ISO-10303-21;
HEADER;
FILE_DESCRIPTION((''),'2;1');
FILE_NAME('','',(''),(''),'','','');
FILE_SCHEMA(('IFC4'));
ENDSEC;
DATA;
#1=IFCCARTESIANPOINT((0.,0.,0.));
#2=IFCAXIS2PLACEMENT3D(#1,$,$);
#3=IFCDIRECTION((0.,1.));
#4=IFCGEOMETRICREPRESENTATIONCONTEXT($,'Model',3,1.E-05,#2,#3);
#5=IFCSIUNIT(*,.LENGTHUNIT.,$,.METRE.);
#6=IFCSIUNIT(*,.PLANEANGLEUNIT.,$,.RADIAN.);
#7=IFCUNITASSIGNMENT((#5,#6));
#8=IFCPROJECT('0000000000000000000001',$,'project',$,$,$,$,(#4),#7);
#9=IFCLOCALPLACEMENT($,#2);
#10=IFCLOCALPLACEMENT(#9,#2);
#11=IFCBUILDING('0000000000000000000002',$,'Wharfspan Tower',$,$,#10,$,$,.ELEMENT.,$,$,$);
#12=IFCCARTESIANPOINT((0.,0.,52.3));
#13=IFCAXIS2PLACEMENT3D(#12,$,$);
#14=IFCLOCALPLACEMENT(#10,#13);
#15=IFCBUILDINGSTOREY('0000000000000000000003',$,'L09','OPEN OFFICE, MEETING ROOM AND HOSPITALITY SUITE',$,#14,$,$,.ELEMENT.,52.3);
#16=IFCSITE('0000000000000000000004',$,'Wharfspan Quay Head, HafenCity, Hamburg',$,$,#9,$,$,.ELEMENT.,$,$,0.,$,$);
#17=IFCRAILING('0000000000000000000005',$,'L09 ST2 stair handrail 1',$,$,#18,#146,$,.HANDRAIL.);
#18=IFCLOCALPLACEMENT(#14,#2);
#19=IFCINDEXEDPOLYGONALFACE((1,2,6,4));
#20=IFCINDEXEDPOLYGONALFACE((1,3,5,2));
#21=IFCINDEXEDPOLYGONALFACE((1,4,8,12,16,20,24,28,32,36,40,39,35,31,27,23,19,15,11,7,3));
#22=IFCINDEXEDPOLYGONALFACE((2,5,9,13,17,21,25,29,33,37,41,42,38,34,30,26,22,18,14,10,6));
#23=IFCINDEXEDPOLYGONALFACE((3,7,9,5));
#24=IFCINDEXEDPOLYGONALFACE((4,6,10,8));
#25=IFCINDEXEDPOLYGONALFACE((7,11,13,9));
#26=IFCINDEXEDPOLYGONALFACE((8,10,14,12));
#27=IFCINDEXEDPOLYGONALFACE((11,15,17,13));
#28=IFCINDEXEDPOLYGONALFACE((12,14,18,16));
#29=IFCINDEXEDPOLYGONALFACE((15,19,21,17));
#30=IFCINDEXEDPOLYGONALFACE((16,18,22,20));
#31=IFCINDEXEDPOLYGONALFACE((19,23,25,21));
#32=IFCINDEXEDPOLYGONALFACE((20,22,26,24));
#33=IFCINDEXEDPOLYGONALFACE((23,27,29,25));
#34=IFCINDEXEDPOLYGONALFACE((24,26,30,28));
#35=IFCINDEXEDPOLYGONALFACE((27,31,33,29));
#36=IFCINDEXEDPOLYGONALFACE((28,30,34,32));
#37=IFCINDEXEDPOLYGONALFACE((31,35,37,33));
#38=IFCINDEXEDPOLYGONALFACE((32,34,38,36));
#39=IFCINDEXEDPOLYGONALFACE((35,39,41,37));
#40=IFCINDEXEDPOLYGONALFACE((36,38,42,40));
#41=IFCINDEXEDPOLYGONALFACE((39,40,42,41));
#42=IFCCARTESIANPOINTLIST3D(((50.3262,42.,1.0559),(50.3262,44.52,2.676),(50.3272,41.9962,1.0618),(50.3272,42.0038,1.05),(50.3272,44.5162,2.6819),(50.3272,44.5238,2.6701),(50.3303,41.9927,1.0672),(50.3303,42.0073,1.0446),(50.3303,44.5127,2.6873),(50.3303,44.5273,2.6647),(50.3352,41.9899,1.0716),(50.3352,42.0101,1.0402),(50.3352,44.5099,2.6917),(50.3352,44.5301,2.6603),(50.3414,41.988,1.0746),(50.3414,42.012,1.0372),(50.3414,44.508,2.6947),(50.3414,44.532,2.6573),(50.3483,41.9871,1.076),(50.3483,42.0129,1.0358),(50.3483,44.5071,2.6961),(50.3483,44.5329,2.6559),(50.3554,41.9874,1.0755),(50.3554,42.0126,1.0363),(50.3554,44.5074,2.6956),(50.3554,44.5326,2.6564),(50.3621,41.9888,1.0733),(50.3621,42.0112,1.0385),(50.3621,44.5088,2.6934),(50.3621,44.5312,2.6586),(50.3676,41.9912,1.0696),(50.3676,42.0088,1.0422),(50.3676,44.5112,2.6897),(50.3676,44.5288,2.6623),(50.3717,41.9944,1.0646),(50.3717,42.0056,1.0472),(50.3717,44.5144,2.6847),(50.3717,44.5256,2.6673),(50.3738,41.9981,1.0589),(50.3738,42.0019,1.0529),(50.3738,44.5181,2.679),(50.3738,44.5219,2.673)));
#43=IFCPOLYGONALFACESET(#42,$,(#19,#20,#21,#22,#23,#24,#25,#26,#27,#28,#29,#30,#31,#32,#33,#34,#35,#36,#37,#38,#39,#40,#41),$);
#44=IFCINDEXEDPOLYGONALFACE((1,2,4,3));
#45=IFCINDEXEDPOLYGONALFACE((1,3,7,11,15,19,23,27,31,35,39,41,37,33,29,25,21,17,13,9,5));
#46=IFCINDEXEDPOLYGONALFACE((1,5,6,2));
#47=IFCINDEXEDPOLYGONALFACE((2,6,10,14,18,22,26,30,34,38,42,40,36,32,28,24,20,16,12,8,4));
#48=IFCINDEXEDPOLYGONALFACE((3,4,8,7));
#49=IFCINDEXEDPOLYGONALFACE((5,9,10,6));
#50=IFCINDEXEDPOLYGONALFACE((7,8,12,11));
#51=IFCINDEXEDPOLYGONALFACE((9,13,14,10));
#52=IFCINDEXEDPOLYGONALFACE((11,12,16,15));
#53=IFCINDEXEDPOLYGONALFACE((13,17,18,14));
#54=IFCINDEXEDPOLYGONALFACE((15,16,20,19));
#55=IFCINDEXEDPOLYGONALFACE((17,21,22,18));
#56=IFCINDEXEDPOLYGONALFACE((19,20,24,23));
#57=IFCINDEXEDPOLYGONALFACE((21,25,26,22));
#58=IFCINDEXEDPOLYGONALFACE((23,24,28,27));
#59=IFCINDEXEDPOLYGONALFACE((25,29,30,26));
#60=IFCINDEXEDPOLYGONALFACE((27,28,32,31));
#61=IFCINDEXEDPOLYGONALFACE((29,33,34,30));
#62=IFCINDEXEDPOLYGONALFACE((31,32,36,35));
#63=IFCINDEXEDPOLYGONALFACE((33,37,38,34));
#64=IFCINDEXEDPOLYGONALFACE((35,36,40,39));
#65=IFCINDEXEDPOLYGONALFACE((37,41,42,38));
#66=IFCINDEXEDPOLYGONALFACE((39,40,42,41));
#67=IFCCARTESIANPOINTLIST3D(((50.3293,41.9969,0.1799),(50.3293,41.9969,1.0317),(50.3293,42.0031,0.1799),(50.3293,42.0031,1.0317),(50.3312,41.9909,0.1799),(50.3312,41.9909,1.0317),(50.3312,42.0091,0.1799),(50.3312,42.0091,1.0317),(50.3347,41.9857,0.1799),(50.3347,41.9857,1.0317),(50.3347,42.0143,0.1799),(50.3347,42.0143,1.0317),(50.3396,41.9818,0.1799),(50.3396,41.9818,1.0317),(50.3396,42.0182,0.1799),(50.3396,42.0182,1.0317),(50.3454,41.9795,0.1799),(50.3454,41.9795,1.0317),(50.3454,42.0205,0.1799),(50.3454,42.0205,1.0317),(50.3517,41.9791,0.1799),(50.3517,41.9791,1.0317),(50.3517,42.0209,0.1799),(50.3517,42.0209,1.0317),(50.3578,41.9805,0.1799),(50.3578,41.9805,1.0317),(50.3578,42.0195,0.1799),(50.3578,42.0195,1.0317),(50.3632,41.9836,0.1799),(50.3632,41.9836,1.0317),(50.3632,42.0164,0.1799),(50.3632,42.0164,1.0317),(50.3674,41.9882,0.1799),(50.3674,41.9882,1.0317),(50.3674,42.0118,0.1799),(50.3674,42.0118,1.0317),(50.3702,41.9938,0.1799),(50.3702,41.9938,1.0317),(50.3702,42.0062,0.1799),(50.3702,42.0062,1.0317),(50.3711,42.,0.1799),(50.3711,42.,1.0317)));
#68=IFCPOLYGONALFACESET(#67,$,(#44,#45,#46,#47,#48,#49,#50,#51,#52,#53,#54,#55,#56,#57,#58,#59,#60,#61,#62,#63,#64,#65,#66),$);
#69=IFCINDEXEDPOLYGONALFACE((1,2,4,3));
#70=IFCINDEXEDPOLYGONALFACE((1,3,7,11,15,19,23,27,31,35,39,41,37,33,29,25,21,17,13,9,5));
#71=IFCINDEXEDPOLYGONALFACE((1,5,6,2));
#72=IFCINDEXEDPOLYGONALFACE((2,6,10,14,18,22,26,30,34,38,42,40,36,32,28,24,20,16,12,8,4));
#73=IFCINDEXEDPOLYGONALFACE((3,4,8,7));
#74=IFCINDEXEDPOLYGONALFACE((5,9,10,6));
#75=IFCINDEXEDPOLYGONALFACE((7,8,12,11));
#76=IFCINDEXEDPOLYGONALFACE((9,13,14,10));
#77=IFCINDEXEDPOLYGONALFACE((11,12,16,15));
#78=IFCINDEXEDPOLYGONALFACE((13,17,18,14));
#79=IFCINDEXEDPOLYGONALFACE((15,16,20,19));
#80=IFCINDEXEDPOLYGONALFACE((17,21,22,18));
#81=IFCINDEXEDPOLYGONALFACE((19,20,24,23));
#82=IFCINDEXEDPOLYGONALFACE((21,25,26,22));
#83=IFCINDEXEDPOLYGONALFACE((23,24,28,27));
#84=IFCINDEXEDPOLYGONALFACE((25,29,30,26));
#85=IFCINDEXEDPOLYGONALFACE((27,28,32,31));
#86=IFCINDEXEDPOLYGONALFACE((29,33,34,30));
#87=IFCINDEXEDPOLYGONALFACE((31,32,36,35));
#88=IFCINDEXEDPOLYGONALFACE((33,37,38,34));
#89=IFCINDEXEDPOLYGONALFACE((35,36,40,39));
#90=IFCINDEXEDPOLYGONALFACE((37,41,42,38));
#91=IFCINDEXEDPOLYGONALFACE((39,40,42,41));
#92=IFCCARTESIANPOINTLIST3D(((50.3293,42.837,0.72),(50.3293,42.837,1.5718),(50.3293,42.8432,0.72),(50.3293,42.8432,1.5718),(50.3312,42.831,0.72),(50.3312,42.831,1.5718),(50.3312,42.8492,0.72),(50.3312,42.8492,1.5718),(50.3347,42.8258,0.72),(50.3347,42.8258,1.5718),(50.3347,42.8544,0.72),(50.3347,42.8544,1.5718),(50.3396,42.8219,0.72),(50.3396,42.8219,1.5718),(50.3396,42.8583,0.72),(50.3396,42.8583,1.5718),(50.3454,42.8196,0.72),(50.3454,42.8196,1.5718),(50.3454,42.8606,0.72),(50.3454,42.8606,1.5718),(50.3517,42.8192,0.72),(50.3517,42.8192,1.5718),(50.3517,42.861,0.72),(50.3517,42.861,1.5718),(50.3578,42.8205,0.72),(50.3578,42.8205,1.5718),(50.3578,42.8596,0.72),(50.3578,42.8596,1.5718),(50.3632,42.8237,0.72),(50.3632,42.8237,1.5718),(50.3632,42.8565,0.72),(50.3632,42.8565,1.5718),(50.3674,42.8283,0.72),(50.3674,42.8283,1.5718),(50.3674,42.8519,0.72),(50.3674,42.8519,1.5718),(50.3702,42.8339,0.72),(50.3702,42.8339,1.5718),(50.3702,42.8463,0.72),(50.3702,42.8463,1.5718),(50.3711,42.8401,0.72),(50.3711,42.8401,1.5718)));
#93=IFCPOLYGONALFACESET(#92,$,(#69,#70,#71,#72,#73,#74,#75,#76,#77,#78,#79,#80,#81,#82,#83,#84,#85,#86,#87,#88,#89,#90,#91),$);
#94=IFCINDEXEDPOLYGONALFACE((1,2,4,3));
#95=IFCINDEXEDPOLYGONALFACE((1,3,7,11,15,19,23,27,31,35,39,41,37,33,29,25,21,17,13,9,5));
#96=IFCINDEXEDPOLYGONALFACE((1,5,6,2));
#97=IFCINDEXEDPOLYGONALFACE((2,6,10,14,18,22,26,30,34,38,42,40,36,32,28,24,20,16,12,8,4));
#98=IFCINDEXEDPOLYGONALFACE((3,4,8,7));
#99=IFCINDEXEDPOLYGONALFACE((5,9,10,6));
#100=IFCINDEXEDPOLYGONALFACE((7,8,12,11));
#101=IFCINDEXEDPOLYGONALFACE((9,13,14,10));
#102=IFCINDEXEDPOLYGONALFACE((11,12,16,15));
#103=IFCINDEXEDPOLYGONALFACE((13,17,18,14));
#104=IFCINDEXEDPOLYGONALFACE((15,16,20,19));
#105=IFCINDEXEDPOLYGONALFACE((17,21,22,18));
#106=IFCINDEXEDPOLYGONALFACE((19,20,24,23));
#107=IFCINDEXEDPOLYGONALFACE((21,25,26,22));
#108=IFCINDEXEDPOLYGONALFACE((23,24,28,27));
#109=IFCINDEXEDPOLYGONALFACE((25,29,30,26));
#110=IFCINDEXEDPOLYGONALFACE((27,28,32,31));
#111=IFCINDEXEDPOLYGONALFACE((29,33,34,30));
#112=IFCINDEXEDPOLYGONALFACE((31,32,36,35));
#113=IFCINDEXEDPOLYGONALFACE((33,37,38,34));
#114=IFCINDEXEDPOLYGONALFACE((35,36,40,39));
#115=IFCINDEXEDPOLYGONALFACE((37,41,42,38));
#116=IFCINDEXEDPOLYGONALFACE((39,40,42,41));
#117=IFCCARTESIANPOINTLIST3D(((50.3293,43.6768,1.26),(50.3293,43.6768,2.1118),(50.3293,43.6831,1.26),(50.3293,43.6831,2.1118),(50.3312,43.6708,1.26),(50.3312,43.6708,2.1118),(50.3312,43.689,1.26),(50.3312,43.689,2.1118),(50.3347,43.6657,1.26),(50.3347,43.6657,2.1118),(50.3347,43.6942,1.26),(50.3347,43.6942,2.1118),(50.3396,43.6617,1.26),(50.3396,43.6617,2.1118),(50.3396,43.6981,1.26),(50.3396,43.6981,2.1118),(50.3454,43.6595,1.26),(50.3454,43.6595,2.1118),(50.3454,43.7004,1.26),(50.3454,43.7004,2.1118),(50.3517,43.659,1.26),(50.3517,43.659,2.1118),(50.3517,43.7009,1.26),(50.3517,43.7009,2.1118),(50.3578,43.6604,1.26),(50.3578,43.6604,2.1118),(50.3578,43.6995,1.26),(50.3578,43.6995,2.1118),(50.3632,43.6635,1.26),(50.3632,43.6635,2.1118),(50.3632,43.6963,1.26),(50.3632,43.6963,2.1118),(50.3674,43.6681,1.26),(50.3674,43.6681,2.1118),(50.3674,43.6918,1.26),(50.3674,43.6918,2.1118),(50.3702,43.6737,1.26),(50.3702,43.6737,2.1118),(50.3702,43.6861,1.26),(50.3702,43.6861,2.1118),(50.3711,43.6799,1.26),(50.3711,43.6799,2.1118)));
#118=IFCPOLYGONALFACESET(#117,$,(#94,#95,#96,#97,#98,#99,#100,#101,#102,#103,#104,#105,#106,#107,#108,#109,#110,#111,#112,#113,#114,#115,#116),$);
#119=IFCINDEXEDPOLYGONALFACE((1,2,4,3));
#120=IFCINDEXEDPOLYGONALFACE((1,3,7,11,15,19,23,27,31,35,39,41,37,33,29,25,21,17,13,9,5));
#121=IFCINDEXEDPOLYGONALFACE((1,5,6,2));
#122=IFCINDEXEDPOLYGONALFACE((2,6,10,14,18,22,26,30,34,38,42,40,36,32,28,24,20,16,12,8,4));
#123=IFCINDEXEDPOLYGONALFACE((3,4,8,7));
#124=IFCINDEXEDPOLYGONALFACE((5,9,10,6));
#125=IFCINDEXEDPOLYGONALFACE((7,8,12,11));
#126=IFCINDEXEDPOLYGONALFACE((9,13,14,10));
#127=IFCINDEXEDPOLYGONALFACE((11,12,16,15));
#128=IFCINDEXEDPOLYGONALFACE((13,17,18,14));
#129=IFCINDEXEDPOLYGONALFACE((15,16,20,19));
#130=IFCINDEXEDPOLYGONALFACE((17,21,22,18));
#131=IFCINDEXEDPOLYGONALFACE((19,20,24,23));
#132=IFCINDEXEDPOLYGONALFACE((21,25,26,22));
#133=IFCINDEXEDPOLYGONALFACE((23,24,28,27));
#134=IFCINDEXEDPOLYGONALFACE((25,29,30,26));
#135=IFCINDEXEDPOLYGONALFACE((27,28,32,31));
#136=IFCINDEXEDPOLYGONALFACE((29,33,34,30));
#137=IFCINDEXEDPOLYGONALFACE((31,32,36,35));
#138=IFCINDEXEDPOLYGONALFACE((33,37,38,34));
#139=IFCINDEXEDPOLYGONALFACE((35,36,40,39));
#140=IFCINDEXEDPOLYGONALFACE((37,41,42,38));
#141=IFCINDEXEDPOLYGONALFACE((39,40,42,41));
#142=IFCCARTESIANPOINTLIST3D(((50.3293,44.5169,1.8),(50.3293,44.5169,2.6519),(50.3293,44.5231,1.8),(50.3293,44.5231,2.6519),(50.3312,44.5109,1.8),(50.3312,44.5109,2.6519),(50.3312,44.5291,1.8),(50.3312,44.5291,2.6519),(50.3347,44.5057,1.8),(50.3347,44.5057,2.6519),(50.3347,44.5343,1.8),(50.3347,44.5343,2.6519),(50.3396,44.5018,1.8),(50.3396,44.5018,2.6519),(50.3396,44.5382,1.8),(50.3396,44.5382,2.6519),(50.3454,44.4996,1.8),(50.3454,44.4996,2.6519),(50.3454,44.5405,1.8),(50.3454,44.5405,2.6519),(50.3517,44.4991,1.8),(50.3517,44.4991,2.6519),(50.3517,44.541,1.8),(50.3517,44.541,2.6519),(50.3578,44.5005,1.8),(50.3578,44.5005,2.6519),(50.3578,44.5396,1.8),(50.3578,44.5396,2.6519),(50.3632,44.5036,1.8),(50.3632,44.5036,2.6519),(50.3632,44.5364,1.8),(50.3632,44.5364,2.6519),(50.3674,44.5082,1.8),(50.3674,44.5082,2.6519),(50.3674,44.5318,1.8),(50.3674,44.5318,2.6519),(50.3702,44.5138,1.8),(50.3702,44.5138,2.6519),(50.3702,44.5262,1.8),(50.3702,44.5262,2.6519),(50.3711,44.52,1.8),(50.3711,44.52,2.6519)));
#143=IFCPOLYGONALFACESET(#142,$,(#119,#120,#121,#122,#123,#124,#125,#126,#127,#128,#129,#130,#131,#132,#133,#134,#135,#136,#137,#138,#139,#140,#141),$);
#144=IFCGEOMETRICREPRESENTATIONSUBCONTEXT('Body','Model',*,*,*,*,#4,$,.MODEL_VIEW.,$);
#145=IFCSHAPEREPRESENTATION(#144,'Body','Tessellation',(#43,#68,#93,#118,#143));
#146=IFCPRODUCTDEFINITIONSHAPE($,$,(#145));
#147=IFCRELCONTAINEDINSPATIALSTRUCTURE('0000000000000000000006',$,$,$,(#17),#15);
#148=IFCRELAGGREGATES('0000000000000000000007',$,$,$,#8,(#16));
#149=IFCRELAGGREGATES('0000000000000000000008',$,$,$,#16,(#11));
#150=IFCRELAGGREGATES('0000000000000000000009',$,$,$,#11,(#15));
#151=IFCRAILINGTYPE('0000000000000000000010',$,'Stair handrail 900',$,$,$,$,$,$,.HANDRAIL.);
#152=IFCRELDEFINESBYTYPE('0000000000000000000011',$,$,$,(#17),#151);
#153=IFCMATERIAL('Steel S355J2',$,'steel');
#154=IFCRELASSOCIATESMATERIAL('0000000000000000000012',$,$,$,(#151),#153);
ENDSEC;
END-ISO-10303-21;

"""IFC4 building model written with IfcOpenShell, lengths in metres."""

from ifc_helpers import new_model, si_unit, direction, frame, origin, origin_2d, place, context, subcontext, project, spatial, circle, extrude, material, type_object, element, save


model = new_model("IFC4")

# Units and contexts
model_context = context("Model", 3, precision=1e-05, world=origin(), true_north=direction((0.0, 1.0)))
body_context = subcontext(model_context, "Body", "Model", "MODEL_VIEW")
ifc_project = project(units=[si_unit("LENGTHUNIT", "METRE"), si_unit("PLANEANGLEUNIT", "RADIAN")], contexts=[model_context])

# Site, building, storey
site_placement = place(None, origin())
site = spatial("IfcSite", under=ifc_project, at=site_placement, Name="Wharfspan Quay Head, HafenCity, Hamburg", CompositionType="ELEMENT", RefElevation=0.0)
building_placement = place(site_placement, origin())
building = spatial("IfcBuilding", under=site, at=building_placement, Name="Wharfspan Tower", CompositionType="ELEMENT")
storey_placement = place(building_placement, frame((0.0, 0.0, 52.3)))
storey = spatial("IfcBuildingStorey", under=building, at=storey_placement, Name="L09", Description="OPEN OFFICE, MEETING ROOM AND HOSPITALITY SUITE", CompositionType="ELEMENT", Elevation=52.3)

# Shared definitions
ifc_material_1 = material(Name="Steel S355J2", Category="steel")

# Railing
railing_type_1 = type_object("IfcRailingType", Name="Stair handrail 900", PredefinedType="HANDRAIL", material=ifc_material_1)
railing_1_placement = place(storey_placement, frame((50.3501, 42.0, 0.1799)))
element("IfcRailing", 1, at=railing_1_placement, inside=storey, type_object=railing_type_1, Name="L09 ST2 stair handrail 1", PredefinedType="HANDRAIL", context=body_context, shape_type="SweptSolid", body=[
    extrude(circle(Radius=0.0239, at=origin_2d()), frame((0.0, 0.0, 0.876), z_axis=(0.0, 0.841163, 0.540782), x_axis=(-1.0, 0.0, 0.0)), (0.0, 0.0, 1.0), 2.9958),
    extrude(circle(Radius=0.021, at=origin_2d()), origin(), (0.0, 0.0, 1.0), 0.8518),
    extrude(circle(Radius=0.021, at=origin_2d()), frame((0.0, 0.8401, 0.54)), (0.0, 0.0, 1.0), 0.8518),
    extrude(circle(Radius=0.021, at=origin_2d()), frame((0.0, 1.6799, 1.0801)), (0.0, 0.0, 1.0), 0.8518),
    extrude(circle(Radius=0.021, at=origin_2d()), frame((0.0, 2.52, 1.6201)), (0.0, 0.0, 1.0), 0.8518),
])

save(model, "model.ifc")
